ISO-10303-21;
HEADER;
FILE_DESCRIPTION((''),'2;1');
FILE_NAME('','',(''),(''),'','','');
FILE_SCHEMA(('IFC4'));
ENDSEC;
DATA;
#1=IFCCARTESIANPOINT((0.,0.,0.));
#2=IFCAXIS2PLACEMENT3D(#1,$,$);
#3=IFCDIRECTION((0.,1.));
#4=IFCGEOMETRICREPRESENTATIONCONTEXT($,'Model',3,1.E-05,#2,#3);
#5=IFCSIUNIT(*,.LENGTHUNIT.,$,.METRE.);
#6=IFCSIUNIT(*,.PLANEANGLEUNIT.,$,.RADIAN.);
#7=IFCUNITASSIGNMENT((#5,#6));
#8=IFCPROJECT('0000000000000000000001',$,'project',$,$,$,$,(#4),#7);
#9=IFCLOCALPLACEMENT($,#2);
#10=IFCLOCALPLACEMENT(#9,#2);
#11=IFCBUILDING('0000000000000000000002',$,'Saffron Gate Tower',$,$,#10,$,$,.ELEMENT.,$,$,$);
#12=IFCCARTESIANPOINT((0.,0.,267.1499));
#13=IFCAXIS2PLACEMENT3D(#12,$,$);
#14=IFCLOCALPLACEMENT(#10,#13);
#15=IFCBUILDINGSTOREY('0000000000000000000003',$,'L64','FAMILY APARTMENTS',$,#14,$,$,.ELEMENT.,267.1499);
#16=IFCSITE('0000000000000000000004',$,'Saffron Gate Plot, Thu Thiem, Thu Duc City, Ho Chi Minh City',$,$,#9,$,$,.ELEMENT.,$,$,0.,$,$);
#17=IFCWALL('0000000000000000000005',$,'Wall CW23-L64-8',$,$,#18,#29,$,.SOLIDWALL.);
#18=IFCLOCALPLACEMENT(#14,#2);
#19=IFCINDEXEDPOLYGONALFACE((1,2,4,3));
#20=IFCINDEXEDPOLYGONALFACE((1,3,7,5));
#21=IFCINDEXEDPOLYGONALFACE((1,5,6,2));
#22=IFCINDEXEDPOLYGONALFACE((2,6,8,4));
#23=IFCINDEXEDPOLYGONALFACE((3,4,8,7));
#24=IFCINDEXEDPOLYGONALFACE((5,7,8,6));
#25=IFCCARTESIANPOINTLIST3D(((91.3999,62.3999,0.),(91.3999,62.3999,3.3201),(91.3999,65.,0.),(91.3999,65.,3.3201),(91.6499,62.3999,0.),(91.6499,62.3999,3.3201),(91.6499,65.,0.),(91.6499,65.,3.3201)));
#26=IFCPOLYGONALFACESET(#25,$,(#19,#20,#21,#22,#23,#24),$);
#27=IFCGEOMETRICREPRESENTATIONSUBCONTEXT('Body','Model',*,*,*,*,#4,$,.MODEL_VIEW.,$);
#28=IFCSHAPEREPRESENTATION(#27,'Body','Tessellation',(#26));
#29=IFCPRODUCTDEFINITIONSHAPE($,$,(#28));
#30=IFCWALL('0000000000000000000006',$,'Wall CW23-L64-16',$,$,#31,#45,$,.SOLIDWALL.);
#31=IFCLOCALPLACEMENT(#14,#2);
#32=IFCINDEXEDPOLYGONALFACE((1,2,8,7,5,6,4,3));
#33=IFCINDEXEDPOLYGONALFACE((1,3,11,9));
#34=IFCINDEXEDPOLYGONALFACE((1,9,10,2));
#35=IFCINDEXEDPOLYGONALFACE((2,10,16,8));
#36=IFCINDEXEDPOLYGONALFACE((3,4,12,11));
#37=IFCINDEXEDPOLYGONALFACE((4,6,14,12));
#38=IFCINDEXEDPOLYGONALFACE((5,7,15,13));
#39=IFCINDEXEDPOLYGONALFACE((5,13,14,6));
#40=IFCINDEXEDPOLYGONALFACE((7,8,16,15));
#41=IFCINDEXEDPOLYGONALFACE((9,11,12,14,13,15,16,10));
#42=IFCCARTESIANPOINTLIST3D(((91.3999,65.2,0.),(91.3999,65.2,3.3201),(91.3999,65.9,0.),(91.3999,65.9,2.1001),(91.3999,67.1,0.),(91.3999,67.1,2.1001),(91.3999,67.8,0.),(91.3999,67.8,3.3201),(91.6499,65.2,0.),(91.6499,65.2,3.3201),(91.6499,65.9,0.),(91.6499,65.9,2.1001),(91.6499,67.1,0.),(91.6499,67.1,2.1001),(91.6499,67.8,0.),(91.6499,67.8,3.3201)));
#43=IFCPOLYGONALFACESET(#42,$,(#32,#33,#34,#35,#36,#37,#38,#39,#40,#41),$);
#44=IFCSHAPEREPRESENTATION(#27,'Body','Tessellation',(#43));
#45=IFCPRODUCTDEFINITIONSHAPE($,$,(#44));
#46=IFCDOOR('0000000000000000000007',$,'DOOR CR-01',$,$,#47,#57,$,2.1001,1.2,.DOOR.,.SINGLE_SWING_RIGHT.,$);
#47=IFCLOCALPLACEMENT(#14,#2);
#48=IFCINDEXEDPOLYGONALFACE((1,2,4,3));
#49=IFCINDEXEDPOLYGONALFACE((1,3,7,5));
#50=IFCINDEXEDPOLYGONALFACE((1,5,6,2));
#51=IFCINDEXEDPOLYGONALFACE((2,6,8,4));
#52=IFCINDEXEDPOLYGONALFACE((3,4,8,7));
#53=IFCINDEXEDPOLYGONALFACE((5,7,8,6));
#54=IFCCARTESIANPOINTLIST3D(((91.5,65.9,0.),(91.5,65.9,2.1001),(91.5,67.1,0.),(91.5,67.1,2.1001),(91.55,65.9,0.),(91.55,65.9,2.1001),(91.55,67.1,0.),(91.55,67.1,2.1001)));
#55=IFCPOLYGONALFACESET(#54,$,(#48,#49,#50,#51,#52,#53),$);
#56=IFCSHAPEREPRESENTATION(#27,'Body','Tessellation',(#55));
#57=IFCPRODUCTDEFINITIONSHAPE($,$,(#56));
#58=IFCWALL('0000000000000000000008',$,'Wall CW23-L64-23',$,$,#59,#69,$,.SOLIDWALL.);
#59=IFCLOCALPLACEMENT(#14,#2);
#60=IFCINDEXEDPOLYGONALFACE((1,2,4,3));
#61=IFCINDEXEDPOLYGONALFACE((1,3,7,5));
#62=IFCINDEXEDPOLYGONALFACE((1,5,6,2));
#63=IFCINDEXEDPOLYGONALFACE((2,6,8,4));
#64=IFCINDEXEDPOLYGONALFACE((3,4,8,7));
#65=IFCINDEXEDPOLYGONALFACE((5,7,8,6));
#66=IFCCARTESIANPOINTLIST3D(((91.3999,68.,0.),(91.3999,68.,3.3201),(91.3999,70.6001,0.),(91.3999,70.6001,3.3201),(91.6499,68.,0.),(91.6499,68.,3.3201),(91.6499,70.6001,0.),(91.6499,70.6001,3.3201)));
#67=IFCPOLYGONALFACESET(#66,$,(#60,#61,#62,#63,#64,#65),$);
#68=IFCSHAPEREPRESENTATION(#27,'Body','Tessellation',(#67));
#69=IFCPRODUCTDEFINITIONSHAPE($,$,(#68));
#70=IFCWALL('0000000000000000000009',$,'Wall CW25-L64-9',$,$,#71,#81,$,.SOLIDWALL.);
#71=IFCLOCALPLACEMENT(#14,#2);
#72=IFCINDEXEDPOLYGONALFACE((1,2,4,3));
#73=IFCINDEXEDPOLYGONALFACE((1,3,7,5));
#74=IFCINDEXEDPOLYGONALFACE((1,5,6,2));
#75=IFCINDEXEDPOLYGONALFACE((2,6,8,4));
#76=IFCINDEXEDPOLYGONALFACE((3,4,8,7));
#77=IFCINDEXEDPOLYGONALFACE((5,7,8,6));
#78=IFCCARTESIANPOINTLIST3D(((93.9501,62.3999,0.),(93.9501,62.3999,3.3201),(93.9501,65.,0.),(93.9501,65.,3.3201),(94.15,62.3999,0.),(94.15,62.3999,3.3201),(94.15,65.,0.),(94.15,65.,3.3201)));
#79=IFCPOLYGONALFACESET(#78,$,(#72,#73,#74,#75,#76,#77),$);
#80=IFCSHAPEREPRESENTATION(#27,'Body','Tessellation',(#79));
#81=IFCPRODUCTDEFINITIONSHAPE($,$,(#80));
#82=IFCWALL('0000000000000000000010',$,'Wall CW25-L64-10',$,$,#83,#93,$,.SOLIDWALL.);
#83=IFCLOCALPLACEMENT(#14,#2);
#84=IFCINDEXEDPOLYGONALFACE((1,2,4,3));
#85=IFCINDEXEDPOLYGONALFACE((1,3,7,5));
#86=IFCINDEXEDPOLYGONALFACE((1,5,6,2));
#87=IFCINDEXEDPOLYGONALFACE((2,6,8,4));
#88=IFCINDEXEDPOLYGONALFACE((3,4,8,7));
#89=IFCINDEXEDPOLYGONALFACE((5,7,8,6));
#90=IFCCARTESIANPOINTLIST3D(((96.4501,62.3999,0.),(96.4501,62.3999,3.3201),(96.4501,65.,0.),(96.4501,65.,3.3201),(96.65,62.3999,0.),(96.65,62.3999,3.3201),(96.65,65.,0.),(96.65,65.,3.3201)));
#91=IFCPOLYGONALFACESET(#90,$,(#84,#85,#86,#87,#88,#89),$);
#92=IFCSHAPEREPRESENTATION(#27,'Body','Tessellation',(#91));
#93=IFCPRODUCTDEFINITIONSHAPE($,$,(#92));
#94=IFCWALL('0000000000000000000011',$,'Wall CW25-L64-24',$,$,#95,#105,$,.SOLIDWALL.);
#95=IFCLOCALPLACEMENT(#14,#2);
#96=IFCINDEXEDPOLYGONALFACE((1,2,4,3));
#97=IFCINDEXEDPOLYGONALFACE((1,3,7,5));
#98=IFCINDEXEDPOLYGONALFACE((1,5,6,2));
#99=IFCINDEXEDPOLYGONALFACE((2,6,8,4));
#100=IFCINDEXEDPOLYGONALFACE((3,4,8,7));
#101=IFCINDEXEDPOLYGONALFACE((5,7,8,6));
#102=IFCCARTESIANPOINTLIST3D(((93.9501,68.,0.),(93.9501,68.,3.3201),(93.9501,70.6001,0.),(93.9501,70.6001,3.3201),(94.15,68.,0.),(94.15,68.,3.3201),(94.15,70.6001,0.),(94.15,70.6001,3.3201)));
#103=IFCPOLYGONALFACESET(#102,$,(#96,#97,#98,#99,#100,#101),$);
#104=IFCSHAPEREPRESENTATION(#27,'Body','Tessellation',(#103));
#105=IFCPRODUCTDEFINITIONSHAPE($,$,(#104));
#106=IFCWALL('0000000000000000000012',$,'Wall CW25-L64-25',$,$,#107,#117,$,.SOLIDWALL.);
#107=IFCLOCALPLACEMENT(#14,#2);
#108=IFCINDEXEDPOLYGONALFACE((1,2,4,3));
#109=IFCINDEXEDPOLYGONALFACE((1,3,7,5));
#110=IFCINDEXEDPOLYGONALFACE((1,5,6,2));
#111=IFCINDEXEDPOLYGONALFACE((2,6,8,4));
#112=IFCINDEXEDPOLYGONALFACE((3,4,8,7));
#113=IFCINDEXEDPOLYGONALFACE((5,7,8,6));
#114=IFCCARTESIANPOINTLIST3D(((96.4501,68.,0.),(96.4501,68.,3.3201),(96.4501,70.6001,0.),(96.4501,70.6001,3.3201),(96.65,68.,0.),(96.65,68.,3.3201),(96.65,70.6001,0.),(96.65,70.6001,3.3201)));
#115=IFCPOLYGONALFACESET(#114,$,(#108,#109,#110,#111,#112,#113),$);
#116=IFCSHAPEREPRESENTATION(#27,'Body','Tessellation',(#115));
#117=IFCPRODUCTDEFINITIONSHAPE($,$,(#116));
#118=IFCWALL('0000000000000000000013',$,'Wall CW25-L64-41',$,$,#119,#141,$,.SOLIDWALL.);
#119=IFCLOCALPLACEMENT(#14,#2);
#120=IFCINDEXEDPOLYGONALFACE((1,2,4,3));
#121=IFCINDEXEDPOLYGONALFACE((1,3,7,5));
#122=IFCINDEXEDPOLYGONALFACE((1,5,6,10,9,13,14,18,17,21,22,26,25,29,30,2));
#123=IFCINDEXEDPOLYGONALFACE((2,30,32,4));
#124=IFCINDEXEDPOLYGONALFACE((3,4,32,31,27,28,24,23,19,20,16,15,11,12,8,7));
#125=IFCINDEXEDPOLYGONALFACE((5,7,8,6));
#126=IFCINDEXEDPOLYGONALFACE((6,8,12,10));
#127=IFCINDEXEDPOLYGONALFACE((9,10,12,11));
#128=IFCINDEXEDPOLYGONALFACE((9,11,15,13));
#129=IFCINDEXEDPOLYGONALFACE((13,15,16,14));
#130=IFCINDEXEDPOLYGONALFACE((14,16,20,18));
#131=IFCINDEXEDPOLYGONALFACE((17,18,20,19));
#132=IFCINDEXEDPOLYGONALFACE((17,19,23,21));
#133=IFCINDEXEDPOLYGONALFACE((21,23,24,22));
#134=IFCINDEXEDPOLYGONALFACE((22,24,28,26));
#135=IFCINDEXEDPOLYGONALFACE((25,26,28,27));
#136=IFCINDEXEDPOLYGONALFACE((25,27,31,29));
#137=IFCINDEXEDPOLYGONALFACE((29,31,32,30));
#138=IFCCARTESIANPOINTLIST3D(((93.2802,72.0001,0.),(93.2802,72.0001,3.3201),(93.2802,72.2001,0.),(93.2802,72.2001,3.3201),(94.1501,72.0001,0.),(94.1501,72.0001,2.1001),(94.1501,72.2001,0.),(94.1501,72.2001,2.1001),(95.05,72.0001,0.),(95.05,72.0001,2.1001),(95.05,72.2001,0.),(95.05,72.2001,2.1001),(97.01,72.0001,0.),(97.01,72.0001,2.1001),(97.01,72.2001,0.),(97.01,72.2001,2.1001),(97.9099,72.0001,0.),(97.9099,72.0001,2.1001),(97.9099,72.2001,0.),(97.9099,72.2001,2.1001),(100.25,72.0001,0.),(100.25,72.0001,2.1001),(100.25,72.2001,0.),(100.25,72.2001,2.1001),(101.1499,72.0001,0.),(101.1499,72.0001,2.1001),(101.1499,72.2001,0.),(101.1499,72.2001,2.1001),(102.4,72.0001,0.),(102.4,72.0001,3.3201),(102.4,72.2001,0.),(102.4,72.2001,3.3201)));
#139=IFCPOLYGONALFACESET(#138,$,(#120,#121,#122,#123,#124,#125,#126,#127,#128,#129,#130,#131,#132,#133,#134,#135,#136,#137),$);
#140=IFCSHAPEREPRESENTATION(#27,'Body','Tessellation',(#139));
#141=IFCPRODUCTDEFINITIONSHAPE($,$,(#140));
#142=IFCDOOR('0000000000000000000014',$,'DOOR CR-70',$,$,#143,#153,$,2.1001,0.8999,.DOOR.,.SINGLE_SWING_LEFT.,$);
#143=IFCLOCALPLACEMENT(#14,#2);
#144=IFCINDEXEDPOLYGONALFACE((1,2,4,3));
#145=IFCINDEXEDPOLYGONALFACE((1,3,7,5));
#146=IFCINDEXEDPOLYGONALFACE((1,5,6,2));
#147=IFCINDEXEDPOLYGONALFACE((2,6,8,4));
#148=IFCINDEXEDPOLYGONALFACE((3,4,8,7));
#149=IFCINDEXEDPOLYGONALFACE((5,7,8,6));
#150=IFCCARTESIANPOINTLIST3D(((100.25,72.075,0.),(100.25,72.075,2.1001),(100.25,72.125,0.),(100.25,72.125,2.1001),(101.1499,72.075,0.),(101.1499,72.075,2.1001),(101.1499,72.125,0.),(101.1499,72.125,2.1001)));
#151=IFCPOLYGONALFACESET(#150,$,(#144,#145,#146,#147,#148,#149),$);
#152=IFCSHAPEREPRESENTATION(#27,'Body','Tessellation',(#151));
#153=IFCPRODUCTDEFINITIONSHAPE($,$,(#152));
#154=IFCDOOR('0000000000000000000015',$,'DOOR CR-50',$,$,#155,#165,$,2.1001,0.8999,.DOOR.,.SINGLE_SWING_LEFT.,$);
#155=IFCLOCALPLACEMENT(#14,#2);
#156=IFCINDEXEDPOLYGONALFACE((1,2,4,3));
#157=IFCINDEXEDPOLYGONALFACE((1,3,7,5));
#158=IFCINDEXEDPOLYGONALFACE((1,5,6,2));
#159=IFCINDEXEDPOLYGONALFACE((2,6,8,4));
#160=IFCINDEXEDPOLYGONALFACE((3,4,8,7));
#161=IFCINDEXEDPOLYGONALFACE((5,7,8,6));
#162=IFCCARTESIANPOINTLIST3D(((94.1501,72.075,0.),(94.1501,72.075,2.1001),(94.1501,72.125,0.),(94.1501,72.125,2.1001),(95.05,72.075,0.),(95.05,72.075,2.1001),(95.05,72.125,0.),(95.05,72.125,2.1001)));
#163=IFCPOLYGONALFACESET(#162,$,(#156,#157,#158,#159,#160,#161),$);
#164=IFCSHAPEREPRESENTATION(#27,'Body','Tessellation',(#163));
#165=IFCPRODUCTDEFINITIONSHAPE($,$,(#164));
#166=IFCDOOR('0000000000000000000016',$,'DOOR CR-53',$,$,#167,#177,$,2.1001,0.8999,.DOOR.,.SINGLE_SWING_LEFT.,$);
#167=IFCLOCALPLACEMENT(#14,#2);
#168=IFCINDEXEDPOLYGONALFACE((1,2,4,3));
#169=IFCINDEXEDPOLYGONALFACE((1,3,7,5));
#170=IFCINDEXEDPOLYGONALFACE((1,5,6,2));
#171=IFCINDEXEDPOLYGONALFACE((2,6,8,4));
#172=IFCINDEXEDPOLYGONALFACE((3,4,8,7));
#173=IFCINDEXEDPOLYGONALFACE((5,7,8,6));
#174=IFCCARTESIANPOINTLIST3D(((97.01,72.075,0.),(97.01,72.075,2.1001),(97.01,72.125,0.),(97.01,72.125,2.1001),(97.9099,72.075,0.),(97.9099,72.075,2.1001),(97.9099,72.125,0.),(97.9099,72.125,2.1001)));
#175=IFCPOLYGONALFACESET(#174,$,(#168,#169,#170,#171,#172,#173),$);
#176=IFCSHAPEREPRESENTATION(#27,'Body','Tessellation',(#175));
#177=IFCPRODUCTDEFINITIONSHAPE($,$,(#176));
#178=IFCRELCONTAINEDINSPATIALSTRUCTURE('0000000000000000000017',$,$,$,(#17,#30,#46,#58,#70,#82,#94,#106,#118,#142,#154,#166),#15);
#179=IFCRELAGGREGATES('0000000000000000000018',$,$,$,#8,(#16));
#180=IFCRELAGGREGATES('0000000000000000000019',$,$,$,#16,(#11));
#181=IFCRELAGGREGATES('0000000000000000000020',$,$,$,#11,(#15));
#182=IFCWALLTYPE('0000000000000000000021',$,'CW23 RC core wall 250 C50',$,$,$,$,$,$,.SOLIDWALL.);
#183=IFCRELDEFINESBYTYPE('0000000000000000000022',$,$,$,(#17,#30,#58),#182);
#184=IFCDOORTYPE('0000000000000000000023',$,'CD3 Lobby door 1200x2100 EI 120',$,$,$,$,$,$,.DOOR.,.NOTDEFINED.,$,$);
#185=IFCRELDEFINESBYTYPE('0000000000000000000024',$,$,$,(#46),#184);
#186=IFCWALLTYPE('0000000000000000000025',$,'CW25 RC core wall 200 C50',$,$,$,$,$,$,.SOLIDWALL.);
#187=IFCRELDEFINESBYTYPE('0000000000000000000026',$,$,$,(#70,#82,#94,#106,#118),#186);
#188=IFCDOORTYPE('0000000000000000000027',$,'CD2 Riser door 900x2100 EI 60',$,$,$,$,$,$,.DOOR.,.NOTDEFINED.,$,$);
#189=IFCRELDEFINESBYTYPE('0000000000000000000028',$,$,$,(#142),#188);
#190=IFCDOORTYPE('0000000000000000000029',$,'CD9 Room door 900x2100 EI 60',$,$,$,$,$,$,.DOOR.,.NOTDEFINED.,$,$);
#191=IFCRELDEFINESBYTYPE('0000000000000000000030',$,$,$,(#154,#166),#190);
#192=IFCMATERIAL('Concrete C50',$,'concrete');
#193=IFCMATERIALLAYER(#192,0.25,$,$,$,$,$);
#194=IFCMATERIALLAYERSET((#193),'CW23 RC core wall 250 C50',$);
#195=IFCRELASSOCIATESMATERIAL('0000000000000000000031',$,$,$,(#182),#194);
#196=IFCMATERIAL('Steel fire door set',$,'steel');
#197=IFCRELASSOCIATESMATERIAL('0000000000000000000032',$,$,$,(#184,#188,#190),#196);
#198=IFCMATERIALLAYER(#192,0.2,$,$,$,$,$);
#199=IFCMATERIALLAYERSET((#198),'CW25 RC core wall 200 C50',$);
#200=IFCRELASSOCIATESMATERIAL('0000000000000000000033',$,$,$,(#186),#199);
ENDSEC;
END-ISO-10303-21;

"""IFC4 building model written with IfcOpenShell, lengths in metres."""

from ifc_helpers import new_model, si_unit, direction, frame, frame_2d, origin, place, context, subcontext, project, spatial, rectangle, extrude, material, layer, layer_set, type_object, element, fill, save


model = new_model("IFC4")

# Units and contexts
model_context = context("Model", 3, precision=1e-05, world=origin(), true_north=direction((0.0, 1.0)))
body_context = subcontext(model_context, "Body", "Model", "MODEL_VIEW")
ifc_project = project(units=[si_unit("LENGTHUNIT", "METRE"), si_unit("PLANEANGLEUNIT", "RADIAN")], contexts=[model_context])

# Site, building, storey
site_placement = place(None, origin())
site = spatial("IfcSite", under=ifc_project, at=site_placement, Name="Saffron Gate Plot, Thu Thiem, Thu Duc City, Ho Chi Minh City", CompositionType="ELEMENT", RefElevation=0.0)
building_placement = place(site_placement, origin())
building = spatial("IfcBuilding", under=site, at=building_placement, Name="Saffron Gate Tower", CompositionType="ELEMENT")
storey_placement = place(building_placement, frame((0.0, 0.0, 267.1499)))
storey = spatial("IfcBuildingStorey", under=building, at=storey_placement, Name="L64", Description="FAMILY APARTMENTS", CompositionType="ELEMENT", Elevation=267.1499)

# Wall
ifc_material_1 = material(Name="Concrete C50", Category="concrete")
ifc_layer_1 = layer(ifc_material_1, 0.25)
ifc_layer_set_1 = layer_set([ifc_layer_1], Name="CW23 RC core wall 250 C50")
wall_type_1 = type_object("IfcWallType", Name="CW23 RC core wall 250 C50", PredefinedType="SOLIDWALL", material=ifc_layer_set_1)
wall_1_placement = place(storey_placement, frame((91.5249, 62.3999, 0.0), z_axis=(0.0, 0.0, 1.0), x_axis=(0.0, 1.0, 0.0)))
element("IfcWall", 1, at=wall_1_placement, inside=storey, type_object=wall_type_1, Name="Wall CW23-L64-8", PredefinedType="SOLIDWALL", context=body_context, shape_type="SweptSolid", body=[
    extrude(rectangle(XDim=2.6001, YDim=0.25, at=frame_2d((1.3, 0.0))), origin(), (0.0, 0.0, 1.0), 3.3201),
])

# Wall, opening, door
wall_2_placement = place(storey_placement, frame((91.5249, 65.2, 0.0), z_axis=(0.0, 0.0, 1.0), x_axis=(0.0, 1.0, 0.0)))
wall_2 = element("IfcWall", 2, at=wall_2_placement, inside=storey, type_object=wall_type_1, Name="Wall CW23-L64-16", PredefinedType="SOLIDWALL", context=body_context, shape_type="SweptSolid", body=[
    extrude(rectangle(XDim=2.6001, YDim=0.25, at=frame_2d((1.3, 0.0))), origin(), (0.0, 0.0, 1.0), 3.3201),
])
opening_1_placement = place(wall_2_placement, frame((0.7, 0.0, 0.0)))
opening_1 = element("IfcOpeningElement", 3, at=opening_1_placement, cuts=wall_2, PredefinedType="OPENING", context=body_context, shape_type="SweptSolid", body=[
    extrude(rectangle(XDim=1.2, YDim=2.1001, at=frame_2d((0.6001, 1.05))), frame((0.0, 0.135, 0.0), z_axis=(0.0, -1.0, 0.0), x_axis=(1.0, 0.0, 0.0)), (0.0, 0.0, 1.0), 0.27),
])
ifc_material_2 = material(Name="Steel fire door set", Category="steel")
door_type_1 = type_object("IfcDoorType", Name="CD3 Lobby door 1200x2100 EI 120", OperationType="NOTDEFINED", PredefinedType="DOOR", material=ifc_material_2)
door_1_placement = place(opening_1_placement, origin())
door_1 = element("IfcDoor", 4, at=door_1_placement, inside=storey, type_object=door_type_1, Name="DOOR CR-01", OperationType="SINGLE_SWING_RIGHT", OverallHeight=2.1001, OverallWidth=1.2, PredefinedType="DOOR", context=body_context, shape_type="SweptSolid", body=[
    extrude(rectangle(XDim=1.2, YDim=2.1001, at=frame_2d((0.6001, 1.05))), frame((0.0, 0.0249, 0.0), z_axis=(0.0, -1.0, 0.0), x_axis=(1.0, 0.0, 0.0)), (0.0, 0.0, 1.0), 0.05),
])
fill(opening_1, door_1)

# Walls
wall_3_placement = place(storey_placement, frame((91.5249, 68.0, 0.0), z_axis=(0.0, 0.0, 1.0), x_axis=(0.0, 1.0, 0.0)))
element("IfcWall", 5, at=wall_3_placement, inside=storey, type_object=wall_type_1, Name="Wall CW23-L64-23", PredefinedType="SOLIDWALL", context=body_context, shape_type="SweptSolid", body=[
    extrude(rectangle(XDim=2.6001, YDim=0.25, at=frame_2d((1.3, 0.0))), origin(), (0.0, 0.0, 1.0), 3.3201),
])
ifc_layer_2 = layer(ifc_material_1, 0.2)
ifc_layer_set_2 = layer_set([ifc_layer_2], Name="CW25 RC core wall 200 C50")
wall_type_2 = type_object("IfcWallType", Name="CW25 RC core wall 200 C50", PredefinedType="SOLIDWALL", material=ifc_layer_set_2)
for number, where, z_axis, x_axis, name in (
    (6, (94.05, 62.3999, 0.0), (0.0, 0.0, 1.0), (0.0, 1.0, 0.0), "Wall CW25-L64-9"),
    (7, (96.55, 62.3999, 0.0), (0.0, 0.0, 1.0), (0.0, 1.0, 0.0), "Wall CW25-L64-10"),
    (8, (94.05, 68.0, 0.0), (0.0, 0.0, 1.0), (0.0, 1.0, 0.0), "Wall CW25-L64-24"),
    (9, (96.55, 68.0, 0.0), (0.0, 0.0, 1.0), (0.0, 1.0, 0.0), "Wall CW25-L64-25"),
):
    element("IfcWall", number, at=place(storey_placement, frame(where, z_axis=z_axis, x_axis=x_axis)), inside=storey, type_object=wall_type_2, Name=name, PredefinedType="SOLIDWALL", context=body_context, shape_type="SweptSolid", body=[
        extrude(rectangle(XDim=2.6001, YDim=0.2, at=frame_2d((1.3, 0.0))), origin(), (0.0, 0.0, 1.0), 3.3201),
    ])

# Wall, openings, doors
wall_4_placement = place(storey_placement, frame((93.28, 72.1001, 0.0), z_axis=(0.0, 0.0, 1.0), x_axis=(1.0, 0.0, 0.0)))
wall_4 = element("IfcWall", 10, at=wall_4_placement, inside=storey, type_object=wall_type_2, Name="Wall CW25-L64-41", PredefinedType="SOLIDWALL", context=body_context, shape_type="SweptSolid", body=[
    extrude(rectangle(XDim=9.1199, YDim=0.2, at=frame_2d((4.5601, 0.0))), origin(), (0.0, 0.0, 1.0), 3.3201),
])
opening_2_placement = place(wall_4_placement, frame((0.8701, 0.0, 0.0)))
opening_2 = element("IfcOpeningElement", 11, at=opening_2_placement, cuts=wall_4, PredefinedType="OPENING", context=body_context, shape_type="SweptSolid", body=[
    extrude(rectangle(XDim=0.8999, YDim=2.1001, at=frame_2d((0.45, 1.05))), frame((0.0, 0.1099, 0.0), z_axis=(0.0, -1.0, 0.0), x_axis=(1.0, 0.0, 0.0)), (0.0, 0.0, 1.0), 0.22),
])
opening_3_placement = place(wall_4_placement, frame((3.73, 0.0, 0.0)))
opening_3 = element("IfcOpeningElement", 12, at=opening_3_placement, cuts=wall_4, PredefinedType="OPENING", context=body_context, shape_type="SweptSolid", body=[
    extrude(rectangle(XDim=0.8999, YDim=2.1001, at=frame_2d((0.45, 1.05))), frame((0.0, 0.1099, 0.0), z_axis=(0.0, -1.0, 0.0), x_axis=(1.0, 0.0, 0.0)), (0.0, 0.0, 1.0), 0.22),
])
opening_4_placement = place(wall_4_placement, frame((6.97, 0.0, 0.0)))
opening_4 = element("IfcOpeningElement", 13, at=opening_4_placement, cuts=wall_4, PredefinedType="OPENING", context=body_context, shape_type="SweptSolid", body=[
    extrude(rectangle(XDim=0.8999, YDim=2.1001, at=frame_2d((0.45, 1.05))), frame((0.0, 0.1099, 0.0), z_axis=(0.0, -1.0, 0.0), x_axis=(1.0, 0.0, 0.0)), (0.0, 0.0, 1.0), 0.22),
])
door_type_2 = type_object("IfcDoorType", Name="CD2 Riser door 900x2100 EI 60", OperationType="NOTDEFINED", PredefinedType="DOOR", material=ifc_material_2)
door_2_placement = place(opening_4_placement, origin())
door_2 = element("IfcDoor", 14, at=door_2_placement, inside=storey, type_object=door_type_2, Name="DOOR CR-70", OperationType="SINGLE_SWING_LEFT", OverallHeight=2.1001, OverallWidth=0.8999, PredefinedType="DOOR", context=body_context, shape_type="SweptSolid", body=[
    extrude(rectangle(XDim=0.8999, YDim=2.1001, at=frame_2d((0.45, 1.05))), frame((0.0, 0.0249, 0.0), z_axis=(0.0, -1.0, 0.0), x_axis=(1.0, 0.0, 0.0)), (0.0, 0.0, 1.0), 0.05),
])
fill(opening_4, door_2)
door_type_3 = type_object("IfcDoorType", Name="CD9 Room door 900x2100 EI 60", OperationType="NOTDEFINED", PredefinedType="DOOR", material=ifc_material_2)
door_3_placement = place(opening_2_placement, origin())
door_3 = element("IfcDoor", 15, at=door_3_placement, inside=storey, type_object=door_type_3, Name="DOOR CR-50", OperationType="SINGLE_SWING_LEFT", OverallHeight=2.1001, OverallWidth=0.8999, PredefinedType="DOOR", context=body_context, shape_type="SweptSolid", body=[
    extrude(rectangle(XDim=0.8999, YDim=2.1001, at=frame_2d((0.45, 1.05))), frame((0.0, 0.0249, 0.0), z_axis=(0.0, -1.0, 0.0), x_axis=(1.0, 0.0, 0.0)), (0.0, 0.0, 1.0), 0.05),
])
fill(opening_2, door_3)
door_4_placement = place(opening_3_placement, origin())
door_4 = element("IfcDoor", 16, at=door_4_placement, inside=storey, type_object=door_type_3, Name="DOOR CR-53", OperationType="SINGLE_SWING_LEFT", OverallHeight=2.1001, OverallWidth=0.8999, PredefinedType="DOOR", context=body_context, shape_type="SweptSolid", body=[
    extrude(rectangle(XDim=0.8999, YDim=2.1001, at=frame_2d((0.45, 1.05))), frame((0.0, 0.0249, 0.0), z_axis=(0.0, -1.0, 0.0), x_axis=(1.0, 0.0, 0.0)), (0.0, 0.0, 1.0), 0.05),
])
fill(opening_3, door_4)

save(model, "model.ifc")
